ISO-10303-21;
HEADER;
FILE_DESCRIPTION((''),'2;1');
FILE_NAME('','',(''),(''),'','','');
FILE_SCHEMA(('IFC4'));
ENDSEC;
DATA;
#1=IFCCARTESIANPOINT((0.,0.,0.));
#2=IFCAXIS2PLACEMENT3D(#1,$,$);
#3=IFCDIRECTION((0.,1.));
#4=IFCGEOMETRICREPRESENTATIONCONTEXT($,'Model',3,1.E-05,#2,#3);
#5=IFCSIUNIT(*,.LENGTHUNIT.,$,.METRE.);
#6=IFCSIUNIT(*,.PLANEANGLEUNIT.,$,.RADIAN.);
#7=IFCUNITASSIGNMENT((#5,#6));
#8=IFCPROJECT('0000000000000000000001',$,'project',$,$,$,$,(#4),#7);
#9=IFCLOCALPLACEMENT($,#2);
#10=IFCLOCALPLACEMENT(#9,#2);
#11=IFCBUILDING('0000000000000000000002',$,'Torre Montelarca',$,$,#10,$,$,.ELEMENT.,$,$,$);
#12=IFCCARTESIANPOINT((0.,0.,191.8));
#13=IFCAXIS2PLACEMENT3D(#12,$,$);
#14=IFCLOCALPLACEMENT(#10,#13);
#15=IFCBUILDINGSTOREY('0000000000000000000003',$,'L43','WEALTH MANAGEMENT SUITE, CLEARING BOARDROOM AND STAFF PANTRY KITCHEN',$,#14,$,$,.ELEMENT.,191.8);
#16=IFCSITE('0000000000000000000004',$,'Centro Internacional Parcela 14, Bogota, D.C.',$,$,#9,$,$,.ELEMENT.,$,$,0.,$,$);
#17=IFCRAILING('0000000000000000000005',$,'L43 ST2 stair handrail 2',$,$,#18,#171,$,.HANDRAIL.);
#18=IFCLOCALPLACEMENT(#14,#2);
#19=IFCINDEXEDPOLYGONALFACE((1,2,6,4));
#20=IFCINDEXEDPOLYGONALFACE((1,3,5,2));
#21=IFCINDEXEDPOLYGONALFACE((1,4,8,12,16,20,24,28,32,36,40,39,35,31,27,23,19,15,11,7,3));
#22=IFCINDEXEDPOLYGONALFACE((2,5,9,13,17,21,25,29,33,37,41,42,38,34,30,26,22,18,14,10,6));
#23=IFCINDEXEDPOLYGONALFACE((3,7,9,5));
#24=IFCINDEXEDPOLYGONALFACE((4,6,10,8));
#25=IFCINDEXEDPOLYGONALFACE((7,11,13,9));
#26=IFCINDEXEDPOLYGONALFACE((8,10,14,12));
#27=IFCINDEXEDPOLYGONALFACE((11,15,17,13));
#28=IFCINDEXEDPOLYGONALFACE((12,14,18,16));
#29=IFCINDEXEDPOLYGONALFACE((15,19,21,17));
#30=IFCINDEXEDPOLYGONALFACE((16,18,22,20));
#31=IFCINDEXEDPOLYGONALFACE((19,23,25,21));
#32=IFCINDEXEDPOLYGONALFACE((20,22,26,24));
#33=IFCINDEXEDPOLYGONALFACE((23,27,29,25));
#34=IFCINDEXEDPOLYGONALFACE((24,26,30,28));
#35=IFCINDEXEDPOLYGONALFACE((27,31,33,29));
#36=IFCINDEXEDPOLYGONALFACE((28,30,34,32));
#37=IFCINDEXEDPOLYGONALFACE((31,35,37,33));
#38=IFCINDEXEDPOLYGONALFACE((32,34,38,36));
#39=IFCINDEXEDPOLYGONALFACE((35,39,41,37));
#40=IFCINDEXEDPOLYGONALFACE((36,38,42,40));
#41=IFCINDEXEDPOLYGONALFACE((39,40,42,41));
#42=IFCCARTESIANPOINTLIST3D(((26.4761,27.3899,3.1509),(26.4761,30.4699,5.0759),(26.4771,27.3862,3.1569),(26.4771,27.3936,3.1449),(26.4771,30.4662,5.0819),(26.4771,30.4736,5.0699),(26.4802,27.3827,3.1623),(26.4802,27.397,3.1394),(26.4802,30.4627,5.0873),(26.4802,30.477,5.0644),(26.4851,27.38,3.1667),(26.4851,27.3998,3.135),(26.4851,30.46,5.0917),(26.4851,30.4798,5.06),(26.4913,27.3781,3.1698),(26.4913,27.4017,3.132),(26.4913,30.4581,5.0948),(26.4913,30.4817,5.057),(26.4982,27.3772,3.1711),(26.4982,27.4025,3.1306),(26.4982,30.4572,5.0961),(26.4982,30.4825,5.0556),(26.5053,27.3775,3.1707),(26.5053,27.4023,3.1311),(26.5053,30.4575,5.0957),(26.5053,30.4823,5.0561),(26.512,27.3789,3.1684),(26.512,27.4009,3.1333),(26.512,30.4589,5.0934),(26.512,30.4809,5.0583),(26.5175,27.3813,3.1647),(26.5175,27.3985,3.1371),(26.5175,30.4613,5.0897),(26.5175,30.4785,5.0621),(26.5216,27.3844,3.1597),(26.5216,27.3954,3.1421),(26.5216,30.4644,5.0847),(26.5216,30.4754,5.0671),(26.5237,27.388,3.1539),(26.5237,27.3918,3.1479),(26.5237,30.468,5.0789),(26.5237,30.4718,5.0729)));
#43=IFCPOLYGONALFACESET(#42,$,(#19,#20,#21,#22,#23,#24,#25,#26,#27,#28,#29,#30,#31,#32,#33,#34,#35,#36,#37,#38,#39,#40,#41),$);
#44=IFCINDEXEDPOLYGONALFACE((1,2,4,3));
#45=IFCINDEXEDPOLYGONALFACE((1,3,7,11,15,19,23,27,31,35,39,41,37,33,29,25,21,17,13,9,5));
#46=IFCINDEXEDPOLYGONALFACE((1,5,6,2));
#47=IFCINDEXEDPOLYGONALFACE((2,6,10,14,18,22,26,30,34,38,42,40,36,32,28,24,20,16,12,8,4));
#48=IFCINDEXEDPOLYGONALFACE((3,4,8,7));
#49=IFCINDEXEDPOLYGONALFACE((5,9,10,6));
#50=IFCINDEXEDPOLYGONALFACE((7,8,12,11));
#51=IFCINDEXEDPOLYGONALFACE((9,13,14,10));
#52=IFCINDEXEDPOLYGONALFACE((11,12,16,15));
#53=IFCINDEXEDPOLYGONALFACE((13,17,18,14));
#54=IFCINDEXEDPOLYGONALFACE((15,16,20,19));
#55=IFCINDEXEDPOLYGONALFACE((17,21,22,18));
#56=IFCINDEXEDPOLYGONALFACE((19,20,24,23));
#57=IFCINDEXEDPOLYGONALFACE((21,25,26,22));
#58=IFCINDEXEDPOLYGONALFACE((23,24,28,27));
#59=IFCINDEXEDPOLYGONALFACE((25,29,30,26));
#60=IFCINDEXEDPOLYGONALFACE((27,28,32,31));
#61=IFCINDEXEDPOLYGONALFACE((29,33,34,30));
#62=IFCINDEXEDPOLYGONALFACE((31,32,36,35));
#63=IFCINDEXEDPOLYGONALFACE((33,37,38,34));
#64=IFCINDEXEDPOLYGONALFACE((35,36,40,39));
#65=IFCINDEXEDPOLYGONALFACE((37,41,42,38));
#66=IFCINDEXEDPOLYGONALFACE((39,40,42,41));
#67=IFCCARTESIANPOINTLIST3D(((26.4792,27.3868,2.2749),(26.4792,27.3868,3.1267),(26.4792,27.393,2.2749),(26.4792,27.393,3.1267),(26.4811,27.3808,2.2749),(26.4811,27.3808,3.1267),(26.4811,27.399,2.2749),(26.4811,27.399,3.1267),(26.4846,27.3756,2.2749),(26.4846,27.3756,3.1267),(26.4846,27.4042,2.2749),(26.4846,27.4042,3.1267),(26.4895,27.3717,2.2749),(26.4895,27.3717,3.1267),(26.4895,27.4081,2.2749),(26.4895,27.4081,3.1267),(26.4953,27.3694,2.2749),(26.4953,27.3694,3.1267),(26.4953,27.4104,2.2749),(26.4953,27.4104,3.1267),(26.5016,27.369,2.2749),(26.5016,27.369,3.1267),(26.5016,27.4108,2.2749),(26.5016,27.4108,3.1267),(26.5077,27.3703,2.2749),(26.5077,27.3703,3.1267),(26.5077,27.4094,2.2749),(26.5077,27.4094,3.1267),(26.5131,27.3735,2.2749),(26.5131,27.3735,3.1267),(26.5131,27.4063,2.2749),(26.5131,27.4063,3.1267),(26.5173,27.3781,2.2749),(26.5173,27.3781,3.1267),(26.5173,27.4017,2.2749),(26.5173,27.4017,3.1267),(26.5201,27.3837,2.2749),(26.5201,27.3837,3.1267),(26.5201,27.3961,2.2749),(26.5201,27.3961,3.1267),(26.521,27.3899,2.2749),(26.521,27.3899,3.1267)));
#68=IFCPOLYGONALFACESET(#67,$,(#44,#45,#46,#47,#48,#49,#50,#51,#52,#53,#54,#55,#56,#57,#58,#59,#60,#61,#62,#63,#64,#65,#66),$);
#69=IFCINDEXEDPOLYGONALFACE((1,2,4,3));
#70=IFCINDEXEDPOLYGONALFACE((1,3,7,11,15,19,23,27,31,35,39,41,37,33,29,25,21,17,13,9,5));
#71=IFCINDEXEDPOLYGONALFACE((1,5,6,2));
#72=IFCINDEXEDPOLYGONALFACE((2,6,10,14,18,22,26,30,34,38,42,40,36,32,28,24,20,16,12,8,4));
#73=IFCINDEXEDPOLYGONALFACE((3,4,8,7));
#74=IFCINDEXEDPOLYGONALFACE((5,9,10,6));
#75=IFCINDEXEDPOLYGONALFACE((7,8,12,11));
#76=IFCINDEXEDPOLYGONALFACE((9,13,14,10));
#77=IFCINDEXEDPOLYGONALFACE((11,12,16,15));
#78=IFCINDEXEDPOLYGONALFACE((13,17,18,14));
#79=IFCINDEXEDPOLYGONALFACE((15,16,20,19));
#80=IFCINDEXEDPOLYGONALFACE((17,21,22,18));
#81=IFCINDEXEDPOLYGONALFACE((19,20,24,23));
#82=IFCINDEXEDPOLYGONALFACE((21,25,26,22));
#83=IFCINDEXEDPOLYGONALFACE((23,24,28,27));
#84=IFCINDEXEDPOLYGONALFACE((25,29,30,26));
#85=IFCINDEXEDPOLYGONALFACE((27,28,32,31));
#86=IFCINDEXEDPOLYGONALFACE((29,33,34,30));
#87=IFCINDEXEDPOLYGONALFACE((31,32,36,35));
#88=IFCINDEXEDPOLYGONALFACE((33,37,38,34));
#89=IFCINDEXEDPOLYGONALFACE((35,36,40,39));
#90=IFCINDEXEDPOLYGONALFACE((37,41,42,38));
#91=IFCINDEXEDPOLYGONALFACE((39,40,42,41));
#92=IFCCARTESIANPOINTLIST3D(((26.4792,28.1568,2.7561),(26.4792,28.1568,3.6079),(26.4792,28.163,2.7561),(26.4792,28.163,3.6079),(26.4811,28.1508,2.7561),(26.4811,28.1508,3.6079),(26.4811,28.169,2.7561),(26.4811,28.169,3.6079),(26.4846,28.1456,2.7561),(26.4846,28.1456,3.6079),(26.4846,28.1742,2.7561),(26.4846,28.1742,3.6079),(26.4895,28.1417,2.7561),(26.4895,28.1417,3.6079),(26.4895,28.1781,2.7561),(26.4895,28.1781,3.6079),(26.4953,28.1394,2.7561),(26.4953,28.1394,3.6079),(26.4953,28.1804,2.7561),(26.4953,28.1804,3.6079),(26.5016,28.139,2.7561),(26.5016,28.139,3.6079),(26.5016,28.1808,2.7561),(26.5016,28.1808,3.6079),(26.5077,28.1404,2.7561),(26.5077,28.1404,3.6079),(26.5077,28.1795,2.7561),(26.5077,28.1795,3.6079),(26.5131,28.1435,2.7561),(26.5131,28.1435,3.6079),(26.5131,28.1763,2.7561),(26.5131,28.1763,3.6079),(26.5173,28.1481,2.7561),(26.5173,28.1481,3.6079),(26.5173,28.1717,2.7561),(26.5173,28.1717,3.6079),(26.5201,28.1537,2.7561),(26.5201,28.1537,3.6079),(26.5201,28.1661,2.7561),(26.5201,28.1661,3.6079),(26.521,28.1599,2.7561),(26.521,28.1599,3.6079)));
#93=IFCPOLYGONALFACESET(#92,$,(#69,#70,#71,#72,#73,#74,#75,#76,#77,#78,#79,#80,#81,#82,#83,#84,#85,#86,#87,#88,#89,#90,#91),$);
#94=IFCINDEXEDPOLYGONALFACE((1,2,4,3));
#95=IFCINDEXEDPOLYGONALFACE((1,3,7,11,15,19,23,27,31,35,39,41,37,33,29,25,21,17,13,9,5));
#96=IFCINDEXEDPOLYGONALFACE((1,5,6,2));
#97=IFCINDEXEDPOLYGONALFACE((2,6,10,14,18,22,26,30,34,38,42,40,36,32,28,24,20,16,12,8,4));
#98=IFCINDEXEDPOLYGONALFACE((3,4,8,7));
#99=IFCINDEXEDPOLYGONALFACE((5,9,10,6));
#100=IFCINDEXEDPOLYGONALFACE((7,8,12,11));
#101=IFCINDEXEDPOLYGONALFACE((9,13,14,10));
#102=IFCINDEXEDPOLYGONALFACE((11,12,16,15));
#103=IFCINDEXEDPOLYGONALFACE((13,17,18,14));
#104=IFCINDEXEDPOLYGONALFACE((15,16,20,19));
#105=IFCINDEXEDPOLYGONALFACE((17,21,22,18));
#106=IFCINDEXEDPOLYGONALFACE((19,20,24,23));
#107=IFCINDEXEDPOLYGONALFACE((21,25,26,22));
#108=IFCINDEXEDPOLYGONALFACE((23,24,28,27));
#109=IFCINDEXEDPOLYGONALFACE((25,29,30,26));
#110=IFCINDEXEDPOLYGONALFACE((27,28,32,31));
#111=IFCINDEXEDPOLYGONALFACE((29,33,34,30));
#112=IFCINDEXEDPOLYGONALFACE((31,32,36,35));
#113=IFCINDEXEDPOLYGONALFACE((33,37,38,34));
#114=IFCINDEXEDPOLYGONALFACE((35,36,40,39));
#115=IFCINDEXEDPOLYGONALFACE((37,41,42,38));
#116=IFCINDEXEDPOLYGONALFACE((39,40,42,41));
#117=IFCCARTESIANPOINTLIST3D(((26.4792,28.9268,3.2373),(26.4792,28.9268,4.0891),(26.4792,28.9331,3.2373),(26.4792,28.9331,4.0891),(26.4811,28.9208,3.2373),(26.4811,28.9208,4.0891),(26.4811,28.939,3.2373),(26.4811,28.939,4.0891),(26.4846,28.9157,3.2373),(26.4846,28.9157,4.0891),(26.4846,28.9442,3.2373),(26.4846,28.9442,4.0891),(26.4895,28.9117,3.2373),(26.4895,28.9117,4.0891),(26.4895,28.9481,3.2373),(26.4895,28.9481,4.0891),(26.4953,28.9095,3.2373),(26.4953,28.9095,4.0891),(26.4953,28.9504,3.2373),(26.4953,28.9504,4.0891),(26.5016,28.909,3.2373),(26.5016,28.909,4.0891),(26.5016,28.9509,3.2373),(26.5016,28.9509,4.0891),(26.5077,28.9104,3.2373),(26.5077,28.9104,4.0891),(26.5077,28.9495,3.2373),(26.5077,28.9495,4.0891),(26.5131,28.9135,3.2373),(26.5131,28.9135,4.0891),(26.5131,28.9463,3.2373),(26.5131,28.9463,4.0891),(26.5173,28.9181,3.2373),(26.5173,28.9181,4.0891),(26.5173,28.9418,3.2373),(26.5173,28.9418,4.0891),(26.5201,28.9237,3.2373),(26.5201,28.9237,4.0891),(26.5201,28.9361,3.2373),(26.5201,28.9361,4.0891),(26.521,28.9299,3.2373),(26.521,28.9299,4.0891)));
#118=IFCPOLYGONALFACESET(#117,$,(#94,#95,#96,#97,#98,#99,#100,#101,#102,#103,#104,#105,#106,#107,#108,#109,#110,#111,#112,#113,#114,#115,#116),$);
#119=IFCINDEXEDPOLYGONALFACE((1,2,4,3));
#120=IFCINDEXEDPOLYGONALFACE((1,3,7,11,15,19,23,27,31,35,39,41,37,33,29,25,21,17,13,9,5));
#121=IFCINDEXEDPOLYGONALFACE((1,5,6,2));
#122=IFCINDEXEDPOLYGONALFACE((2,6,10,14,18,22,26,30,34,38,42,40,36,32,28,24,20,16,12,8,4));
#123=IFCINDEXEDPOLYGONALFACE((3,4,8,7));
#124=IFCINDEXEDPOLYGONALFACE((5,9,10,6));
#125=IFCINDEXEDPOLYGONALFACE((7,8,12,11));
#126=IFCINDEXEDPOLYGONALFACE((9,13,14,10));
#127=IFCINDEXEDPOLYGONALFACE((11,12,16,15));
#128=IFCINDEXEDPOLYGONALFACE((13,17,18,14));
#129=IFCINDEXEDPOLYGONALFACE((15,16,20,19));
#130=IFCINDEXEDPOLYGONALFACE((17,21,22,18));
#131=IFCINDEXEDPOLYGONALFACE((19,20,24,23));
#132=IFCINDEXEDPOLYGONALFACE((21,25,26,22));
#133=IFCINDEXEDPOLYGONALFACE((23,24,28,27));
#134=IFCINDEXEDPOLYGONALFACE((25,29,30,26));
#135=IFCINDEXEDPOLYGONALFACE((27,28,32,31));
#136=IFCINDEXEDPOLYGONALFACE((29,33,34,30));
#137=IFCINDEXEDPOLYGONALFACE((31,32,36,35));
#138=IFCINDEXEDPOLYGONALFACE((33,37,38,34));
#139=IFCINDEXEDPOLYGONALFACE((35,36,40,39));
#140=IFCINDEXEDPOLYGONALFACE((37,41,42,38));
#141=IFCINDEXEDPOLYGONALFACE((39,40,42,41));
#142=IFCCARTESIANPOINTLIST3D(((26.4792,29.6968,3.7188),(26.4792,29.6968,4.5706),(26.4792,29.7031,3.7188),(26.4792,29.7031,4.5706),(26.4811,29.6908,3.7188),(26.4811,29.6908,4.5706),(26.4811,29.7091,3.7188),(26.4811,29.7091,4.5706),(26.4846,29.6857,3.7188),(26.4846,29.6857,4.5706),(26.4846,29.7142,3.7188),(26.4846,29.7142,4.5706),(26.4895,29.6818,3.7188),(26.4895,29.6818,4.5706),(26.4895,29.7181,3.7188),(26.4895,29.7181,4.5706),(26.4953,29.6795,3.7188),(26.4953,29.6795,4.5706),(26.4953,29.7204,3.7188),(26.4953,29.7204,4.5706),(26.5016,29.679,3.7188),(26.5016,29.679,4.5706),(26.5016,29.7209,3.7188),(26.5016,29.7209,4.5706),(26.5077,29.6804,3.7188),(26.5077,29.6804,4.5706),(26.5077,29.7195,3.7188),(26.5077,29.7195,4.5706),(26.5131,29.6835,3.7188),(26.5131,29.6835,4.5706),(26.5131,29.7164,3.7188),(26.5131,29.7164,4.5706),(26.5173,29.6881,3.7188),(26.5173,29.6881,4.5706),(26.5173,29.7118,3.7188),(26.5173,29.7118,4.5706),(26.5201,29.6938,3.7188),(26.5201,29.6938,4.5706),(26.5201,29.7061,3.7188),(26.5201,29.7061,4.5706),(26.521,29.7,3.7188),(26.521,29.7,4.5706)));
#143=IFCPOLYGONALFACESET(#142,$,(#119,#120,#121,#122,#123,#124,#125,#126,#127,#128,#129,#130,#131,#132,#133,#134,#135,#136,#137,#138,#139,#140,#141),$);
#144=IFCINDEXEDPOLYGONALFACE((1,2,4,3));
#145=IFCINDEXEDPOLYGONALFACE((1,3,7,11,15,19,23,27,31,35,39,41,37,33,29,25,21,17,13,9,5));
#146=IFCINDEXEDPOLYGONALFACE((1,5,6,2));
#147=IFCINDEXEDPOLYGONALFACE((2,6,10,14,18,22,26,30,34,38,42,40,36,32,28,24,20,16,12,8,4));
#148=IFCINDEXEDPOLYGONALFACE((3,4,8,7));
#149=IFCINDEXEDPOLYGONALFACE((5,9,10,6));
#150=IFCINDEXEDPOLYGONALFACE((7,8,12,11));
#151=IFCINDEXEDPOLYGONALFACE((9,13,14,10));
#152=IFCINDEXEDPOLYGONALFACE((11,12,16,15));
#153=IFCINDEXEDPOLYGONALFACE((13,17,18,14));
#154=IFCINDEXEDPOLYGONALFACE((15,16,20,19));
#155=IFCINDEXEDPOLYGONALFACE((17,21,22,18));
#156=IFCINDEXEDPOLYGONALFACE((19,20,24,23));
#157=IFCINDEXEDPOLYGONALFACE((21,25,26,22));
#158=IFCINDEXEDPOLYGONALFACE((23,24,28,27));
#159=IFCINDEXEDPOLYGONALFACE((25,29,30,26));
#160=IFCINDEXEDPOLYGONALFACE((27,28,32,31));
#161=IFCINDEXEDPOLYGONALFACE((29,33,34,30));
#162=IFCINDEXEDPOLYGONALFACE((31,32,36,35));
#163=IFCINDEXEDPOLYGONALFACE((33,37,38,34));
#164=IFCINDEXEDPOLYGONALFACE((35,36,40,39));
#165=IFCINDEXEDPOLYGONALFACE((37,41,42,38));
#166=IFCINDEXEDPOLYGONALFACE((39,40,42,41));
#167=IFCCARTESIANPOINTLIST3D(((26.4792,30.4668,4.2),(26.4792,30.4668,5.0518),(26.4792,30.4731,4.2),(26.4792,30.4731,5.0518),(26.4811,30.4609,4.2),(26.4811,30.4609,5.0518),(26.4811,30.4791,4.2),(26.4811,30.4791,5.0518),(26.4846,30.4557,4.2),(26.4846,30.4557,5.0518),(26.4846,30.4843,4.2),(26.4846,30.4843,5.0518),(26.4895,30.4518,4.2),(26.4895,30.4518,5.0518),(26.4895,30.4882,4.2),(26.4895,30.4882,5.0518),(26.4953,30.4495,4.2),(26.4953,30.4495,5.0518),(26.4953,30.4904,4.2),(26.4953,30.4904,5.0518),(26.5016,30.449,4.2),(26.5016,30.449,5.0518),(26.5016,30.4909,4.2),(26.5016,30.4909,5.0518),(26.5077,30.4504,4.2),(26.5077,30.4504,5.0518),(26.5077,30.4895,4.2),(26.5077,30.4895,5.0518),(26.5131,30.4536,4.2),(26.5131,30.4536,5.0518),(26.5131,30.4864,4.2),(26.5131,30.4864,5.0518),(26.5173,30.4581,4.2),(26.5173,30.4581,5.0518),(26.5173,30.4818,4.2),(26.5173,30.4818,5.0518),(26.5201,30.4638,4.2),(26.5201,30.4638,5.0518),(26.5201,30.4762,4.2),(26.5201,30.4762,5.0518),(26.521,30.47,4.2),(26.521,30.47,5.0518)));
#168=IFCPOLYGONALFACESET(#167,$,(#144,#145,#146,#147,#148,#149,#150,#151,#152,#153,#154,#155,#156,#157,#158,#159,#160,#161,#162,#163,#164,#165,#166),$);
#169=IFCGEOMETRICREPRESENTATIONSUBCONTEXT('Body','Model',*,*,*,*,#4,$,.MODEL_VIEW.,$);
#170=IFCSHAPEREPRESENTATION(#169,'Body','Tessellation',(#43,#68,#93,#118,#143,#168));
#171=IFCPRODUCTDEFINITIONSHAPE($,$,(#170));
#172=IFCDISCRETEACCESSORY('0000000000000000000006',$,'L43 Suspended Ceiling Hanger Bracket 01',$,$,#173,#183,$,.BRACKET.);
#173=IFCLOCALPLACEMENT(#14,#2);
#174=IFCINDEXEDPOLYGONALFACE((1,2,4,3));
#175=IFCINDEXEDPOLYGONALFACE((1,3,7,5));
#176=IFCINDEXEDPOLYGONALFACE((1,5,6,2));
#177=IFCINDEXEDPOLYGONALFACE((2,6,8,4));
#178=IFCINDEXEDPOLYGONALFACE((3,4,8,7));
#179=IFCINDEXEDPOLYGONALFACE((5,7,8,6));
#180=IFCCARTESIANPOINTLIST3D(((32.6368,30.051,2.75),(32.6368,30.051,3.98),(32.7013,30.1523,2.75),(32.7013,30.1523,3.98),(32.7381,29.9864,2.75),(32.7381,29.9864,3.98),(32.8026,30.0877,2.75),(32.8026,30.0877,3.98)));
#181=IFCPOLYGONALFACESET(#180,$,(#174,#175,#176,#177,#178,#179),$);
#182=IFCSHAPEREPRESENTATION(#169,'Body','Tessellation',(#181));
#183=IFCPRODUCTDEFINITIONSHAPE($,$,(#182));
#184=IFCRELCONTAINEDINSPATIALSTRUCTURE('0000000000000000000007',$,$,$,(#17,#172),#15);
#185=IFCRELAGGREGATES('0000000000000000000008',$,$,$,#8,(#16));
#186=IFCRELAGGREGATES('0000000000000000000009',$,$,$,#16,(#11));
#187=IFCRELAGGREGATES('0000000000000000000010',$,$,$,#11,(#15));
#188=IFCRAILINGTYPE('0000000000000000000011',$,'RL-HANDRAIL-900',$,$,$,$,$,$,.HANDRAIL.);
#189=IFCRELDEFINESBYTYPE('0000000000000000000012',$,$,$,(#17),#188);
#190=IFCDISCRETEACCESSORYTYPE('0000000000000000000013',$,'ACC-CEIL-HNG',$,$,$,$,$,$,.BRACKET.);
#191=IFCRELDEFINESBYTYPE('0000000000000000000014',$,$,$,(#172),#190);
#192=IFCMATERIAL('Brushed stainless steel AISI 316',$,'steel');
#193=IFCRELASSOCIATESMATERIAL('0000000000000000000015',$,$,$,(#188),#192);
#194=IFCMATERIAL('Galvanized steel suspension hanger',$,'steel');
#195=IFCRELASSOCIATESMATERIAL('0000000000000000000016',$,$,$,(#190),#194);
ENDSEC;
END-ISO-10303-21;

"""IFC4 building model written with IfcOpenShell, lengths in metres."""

from ifc_helpers import new_model, si_unit, direction, frame, origin, origin_2d, place, context, subcontext, project, spatial, rectangle, circle, extrude, source, transform, mapped, material, type_object, element, save


model = new_model("IFC4")

# Units and contexts
model_context = context("Model", 3, precision=1e-05, world=origin(), true_north=direction((0.0, 1.0)))
body_context = subcontext(model_context, "Body", "Model", "MODEL_VIEW")
ifc_project = project(units=[si_unit("LENGTHUNIT", "METRE"), si_unit("PLANEANGLEUNIT", "RADIAN")], contexts=[model_context])

# Site, building, storey
site_placement = place(None, origin())
site = spatial("IfcSite", under=ifc_project, at=site_placement, Name="Centro Internacional Parcela 14, Bogota, D.C.", CompositionType="ELEMENT", RefElevation=0.0)
building_placement = place(site_placement, origin())
building = spatial("IfcBuilding", under=site, at=building_placement, Name="Torre Montelarca", CompositionType="ELEMENT")
storey_placement = place(building_placement, frame((0.0, 0.0, 191.8)))
storey = spatial("IfcBuildingStorey", under=building, at=storey_placement, Name="L43", Description="WEALTH MANAGEMENT SUITE, CLEARING BOARDROOM AND STAFF PANTRY KITCHEN", CompositionType="ELEMENT", Elevation=191.8)

# Shared definitions
ifc_material_1 = material(Name="Brushed stainless steel AISI 316", Category="steel")

# Railing
railing_type_1 = type_object("IfcRailingType", Name="RL-HANDRAIL-900", PredefinedType="HANDRAIL", material=ifc_material_1)
railing_1_placement = place(storey_placement, frame((26.5, 27.3899, 2.2749)))
element("IfcRailing", 1, at=railing_1_placement, inside=storey, type_object=railing_type_1, Name="L43 ST2 stair handrail 2", PredefinedType="HANDRAIL", context=body_context, shape_type="SweptSolid", body=[
    extrude(circle(Radius=0.0239, at=origin_2d()), frame((0.0, 0.0, 0.876), z_axis=(0.0, 0.847998, 0.529999), x_axis=(-1.0, 0.0, 0.0)), (0.0, 0.0, 1.0), 3.6321),
    extrude(circle(Radius=0.021, at=origin_2d()), origin(), (0.0, 0.0, 1.0), 0.8518),
    extrude(circle(Radius=0.021, at=origin_2d()), frame((0.0, 0.77, 0.4812)), (0.0, 0.0, 1.0), 0.8518),
    extrude(circle(Radius=0.021, at=origin_2d()), frame((0.0, 1.54, 0.9624)), (0.0, 0.0, 1.0), 0.8518),
    extrude(circle(Radius=0.021, at=origin_2d()), frame((0.0, 2.3101, 1.4438)), (0.0, 0.0, 1.0), 0.8518),
    extrude(circle(Radius=0.021, at=origin_2d()), frame((0.0, 3.0801, 1.925)), (0.0, 0.0, 1.0), 0.8518),
])

# Discrete accessory
ifc_material_2 = material(Name="Galvanized steel suspension hanger", Category="steel")
discrete_accessory_type = type_object("IfcDiscreteAccessoryType", Name="ACC-CEIL-HNG", PredefinedType="BRACKET", material=ifc_material_2)
shared_shape_1 = source(origin(), body_context, "Body", "SweptSolid", [
    extrude(rectangle(XDim=0.1201, YDim=0.1201, at=origin_2d()), origin(), (0.0, 0.0, 1.0), 1.23),
])
discrete_accessory_placement = place(storey_placement, frame((32.7197, 30.0693, 2.75), z_axis=(0.0, 0.0, 1.0), x_axis=(-0.843391, 0.5373, 0.0)))
element("IfcDiscreteAccessory", 2, at=discrete_accessory_placement, inside=storey, type_object=discrete_accessory_type, Name="L43 Suspended Ceiling Hanger Bracket 01", PredefinedType="BRACKET", context=body_context, shape_type="MappedRepresentation", body=[
    mapped(shared_shape_1, transform((0.0, 0.0, 0.0), scale=1.0)),
])

save(model, "model.ifc")
